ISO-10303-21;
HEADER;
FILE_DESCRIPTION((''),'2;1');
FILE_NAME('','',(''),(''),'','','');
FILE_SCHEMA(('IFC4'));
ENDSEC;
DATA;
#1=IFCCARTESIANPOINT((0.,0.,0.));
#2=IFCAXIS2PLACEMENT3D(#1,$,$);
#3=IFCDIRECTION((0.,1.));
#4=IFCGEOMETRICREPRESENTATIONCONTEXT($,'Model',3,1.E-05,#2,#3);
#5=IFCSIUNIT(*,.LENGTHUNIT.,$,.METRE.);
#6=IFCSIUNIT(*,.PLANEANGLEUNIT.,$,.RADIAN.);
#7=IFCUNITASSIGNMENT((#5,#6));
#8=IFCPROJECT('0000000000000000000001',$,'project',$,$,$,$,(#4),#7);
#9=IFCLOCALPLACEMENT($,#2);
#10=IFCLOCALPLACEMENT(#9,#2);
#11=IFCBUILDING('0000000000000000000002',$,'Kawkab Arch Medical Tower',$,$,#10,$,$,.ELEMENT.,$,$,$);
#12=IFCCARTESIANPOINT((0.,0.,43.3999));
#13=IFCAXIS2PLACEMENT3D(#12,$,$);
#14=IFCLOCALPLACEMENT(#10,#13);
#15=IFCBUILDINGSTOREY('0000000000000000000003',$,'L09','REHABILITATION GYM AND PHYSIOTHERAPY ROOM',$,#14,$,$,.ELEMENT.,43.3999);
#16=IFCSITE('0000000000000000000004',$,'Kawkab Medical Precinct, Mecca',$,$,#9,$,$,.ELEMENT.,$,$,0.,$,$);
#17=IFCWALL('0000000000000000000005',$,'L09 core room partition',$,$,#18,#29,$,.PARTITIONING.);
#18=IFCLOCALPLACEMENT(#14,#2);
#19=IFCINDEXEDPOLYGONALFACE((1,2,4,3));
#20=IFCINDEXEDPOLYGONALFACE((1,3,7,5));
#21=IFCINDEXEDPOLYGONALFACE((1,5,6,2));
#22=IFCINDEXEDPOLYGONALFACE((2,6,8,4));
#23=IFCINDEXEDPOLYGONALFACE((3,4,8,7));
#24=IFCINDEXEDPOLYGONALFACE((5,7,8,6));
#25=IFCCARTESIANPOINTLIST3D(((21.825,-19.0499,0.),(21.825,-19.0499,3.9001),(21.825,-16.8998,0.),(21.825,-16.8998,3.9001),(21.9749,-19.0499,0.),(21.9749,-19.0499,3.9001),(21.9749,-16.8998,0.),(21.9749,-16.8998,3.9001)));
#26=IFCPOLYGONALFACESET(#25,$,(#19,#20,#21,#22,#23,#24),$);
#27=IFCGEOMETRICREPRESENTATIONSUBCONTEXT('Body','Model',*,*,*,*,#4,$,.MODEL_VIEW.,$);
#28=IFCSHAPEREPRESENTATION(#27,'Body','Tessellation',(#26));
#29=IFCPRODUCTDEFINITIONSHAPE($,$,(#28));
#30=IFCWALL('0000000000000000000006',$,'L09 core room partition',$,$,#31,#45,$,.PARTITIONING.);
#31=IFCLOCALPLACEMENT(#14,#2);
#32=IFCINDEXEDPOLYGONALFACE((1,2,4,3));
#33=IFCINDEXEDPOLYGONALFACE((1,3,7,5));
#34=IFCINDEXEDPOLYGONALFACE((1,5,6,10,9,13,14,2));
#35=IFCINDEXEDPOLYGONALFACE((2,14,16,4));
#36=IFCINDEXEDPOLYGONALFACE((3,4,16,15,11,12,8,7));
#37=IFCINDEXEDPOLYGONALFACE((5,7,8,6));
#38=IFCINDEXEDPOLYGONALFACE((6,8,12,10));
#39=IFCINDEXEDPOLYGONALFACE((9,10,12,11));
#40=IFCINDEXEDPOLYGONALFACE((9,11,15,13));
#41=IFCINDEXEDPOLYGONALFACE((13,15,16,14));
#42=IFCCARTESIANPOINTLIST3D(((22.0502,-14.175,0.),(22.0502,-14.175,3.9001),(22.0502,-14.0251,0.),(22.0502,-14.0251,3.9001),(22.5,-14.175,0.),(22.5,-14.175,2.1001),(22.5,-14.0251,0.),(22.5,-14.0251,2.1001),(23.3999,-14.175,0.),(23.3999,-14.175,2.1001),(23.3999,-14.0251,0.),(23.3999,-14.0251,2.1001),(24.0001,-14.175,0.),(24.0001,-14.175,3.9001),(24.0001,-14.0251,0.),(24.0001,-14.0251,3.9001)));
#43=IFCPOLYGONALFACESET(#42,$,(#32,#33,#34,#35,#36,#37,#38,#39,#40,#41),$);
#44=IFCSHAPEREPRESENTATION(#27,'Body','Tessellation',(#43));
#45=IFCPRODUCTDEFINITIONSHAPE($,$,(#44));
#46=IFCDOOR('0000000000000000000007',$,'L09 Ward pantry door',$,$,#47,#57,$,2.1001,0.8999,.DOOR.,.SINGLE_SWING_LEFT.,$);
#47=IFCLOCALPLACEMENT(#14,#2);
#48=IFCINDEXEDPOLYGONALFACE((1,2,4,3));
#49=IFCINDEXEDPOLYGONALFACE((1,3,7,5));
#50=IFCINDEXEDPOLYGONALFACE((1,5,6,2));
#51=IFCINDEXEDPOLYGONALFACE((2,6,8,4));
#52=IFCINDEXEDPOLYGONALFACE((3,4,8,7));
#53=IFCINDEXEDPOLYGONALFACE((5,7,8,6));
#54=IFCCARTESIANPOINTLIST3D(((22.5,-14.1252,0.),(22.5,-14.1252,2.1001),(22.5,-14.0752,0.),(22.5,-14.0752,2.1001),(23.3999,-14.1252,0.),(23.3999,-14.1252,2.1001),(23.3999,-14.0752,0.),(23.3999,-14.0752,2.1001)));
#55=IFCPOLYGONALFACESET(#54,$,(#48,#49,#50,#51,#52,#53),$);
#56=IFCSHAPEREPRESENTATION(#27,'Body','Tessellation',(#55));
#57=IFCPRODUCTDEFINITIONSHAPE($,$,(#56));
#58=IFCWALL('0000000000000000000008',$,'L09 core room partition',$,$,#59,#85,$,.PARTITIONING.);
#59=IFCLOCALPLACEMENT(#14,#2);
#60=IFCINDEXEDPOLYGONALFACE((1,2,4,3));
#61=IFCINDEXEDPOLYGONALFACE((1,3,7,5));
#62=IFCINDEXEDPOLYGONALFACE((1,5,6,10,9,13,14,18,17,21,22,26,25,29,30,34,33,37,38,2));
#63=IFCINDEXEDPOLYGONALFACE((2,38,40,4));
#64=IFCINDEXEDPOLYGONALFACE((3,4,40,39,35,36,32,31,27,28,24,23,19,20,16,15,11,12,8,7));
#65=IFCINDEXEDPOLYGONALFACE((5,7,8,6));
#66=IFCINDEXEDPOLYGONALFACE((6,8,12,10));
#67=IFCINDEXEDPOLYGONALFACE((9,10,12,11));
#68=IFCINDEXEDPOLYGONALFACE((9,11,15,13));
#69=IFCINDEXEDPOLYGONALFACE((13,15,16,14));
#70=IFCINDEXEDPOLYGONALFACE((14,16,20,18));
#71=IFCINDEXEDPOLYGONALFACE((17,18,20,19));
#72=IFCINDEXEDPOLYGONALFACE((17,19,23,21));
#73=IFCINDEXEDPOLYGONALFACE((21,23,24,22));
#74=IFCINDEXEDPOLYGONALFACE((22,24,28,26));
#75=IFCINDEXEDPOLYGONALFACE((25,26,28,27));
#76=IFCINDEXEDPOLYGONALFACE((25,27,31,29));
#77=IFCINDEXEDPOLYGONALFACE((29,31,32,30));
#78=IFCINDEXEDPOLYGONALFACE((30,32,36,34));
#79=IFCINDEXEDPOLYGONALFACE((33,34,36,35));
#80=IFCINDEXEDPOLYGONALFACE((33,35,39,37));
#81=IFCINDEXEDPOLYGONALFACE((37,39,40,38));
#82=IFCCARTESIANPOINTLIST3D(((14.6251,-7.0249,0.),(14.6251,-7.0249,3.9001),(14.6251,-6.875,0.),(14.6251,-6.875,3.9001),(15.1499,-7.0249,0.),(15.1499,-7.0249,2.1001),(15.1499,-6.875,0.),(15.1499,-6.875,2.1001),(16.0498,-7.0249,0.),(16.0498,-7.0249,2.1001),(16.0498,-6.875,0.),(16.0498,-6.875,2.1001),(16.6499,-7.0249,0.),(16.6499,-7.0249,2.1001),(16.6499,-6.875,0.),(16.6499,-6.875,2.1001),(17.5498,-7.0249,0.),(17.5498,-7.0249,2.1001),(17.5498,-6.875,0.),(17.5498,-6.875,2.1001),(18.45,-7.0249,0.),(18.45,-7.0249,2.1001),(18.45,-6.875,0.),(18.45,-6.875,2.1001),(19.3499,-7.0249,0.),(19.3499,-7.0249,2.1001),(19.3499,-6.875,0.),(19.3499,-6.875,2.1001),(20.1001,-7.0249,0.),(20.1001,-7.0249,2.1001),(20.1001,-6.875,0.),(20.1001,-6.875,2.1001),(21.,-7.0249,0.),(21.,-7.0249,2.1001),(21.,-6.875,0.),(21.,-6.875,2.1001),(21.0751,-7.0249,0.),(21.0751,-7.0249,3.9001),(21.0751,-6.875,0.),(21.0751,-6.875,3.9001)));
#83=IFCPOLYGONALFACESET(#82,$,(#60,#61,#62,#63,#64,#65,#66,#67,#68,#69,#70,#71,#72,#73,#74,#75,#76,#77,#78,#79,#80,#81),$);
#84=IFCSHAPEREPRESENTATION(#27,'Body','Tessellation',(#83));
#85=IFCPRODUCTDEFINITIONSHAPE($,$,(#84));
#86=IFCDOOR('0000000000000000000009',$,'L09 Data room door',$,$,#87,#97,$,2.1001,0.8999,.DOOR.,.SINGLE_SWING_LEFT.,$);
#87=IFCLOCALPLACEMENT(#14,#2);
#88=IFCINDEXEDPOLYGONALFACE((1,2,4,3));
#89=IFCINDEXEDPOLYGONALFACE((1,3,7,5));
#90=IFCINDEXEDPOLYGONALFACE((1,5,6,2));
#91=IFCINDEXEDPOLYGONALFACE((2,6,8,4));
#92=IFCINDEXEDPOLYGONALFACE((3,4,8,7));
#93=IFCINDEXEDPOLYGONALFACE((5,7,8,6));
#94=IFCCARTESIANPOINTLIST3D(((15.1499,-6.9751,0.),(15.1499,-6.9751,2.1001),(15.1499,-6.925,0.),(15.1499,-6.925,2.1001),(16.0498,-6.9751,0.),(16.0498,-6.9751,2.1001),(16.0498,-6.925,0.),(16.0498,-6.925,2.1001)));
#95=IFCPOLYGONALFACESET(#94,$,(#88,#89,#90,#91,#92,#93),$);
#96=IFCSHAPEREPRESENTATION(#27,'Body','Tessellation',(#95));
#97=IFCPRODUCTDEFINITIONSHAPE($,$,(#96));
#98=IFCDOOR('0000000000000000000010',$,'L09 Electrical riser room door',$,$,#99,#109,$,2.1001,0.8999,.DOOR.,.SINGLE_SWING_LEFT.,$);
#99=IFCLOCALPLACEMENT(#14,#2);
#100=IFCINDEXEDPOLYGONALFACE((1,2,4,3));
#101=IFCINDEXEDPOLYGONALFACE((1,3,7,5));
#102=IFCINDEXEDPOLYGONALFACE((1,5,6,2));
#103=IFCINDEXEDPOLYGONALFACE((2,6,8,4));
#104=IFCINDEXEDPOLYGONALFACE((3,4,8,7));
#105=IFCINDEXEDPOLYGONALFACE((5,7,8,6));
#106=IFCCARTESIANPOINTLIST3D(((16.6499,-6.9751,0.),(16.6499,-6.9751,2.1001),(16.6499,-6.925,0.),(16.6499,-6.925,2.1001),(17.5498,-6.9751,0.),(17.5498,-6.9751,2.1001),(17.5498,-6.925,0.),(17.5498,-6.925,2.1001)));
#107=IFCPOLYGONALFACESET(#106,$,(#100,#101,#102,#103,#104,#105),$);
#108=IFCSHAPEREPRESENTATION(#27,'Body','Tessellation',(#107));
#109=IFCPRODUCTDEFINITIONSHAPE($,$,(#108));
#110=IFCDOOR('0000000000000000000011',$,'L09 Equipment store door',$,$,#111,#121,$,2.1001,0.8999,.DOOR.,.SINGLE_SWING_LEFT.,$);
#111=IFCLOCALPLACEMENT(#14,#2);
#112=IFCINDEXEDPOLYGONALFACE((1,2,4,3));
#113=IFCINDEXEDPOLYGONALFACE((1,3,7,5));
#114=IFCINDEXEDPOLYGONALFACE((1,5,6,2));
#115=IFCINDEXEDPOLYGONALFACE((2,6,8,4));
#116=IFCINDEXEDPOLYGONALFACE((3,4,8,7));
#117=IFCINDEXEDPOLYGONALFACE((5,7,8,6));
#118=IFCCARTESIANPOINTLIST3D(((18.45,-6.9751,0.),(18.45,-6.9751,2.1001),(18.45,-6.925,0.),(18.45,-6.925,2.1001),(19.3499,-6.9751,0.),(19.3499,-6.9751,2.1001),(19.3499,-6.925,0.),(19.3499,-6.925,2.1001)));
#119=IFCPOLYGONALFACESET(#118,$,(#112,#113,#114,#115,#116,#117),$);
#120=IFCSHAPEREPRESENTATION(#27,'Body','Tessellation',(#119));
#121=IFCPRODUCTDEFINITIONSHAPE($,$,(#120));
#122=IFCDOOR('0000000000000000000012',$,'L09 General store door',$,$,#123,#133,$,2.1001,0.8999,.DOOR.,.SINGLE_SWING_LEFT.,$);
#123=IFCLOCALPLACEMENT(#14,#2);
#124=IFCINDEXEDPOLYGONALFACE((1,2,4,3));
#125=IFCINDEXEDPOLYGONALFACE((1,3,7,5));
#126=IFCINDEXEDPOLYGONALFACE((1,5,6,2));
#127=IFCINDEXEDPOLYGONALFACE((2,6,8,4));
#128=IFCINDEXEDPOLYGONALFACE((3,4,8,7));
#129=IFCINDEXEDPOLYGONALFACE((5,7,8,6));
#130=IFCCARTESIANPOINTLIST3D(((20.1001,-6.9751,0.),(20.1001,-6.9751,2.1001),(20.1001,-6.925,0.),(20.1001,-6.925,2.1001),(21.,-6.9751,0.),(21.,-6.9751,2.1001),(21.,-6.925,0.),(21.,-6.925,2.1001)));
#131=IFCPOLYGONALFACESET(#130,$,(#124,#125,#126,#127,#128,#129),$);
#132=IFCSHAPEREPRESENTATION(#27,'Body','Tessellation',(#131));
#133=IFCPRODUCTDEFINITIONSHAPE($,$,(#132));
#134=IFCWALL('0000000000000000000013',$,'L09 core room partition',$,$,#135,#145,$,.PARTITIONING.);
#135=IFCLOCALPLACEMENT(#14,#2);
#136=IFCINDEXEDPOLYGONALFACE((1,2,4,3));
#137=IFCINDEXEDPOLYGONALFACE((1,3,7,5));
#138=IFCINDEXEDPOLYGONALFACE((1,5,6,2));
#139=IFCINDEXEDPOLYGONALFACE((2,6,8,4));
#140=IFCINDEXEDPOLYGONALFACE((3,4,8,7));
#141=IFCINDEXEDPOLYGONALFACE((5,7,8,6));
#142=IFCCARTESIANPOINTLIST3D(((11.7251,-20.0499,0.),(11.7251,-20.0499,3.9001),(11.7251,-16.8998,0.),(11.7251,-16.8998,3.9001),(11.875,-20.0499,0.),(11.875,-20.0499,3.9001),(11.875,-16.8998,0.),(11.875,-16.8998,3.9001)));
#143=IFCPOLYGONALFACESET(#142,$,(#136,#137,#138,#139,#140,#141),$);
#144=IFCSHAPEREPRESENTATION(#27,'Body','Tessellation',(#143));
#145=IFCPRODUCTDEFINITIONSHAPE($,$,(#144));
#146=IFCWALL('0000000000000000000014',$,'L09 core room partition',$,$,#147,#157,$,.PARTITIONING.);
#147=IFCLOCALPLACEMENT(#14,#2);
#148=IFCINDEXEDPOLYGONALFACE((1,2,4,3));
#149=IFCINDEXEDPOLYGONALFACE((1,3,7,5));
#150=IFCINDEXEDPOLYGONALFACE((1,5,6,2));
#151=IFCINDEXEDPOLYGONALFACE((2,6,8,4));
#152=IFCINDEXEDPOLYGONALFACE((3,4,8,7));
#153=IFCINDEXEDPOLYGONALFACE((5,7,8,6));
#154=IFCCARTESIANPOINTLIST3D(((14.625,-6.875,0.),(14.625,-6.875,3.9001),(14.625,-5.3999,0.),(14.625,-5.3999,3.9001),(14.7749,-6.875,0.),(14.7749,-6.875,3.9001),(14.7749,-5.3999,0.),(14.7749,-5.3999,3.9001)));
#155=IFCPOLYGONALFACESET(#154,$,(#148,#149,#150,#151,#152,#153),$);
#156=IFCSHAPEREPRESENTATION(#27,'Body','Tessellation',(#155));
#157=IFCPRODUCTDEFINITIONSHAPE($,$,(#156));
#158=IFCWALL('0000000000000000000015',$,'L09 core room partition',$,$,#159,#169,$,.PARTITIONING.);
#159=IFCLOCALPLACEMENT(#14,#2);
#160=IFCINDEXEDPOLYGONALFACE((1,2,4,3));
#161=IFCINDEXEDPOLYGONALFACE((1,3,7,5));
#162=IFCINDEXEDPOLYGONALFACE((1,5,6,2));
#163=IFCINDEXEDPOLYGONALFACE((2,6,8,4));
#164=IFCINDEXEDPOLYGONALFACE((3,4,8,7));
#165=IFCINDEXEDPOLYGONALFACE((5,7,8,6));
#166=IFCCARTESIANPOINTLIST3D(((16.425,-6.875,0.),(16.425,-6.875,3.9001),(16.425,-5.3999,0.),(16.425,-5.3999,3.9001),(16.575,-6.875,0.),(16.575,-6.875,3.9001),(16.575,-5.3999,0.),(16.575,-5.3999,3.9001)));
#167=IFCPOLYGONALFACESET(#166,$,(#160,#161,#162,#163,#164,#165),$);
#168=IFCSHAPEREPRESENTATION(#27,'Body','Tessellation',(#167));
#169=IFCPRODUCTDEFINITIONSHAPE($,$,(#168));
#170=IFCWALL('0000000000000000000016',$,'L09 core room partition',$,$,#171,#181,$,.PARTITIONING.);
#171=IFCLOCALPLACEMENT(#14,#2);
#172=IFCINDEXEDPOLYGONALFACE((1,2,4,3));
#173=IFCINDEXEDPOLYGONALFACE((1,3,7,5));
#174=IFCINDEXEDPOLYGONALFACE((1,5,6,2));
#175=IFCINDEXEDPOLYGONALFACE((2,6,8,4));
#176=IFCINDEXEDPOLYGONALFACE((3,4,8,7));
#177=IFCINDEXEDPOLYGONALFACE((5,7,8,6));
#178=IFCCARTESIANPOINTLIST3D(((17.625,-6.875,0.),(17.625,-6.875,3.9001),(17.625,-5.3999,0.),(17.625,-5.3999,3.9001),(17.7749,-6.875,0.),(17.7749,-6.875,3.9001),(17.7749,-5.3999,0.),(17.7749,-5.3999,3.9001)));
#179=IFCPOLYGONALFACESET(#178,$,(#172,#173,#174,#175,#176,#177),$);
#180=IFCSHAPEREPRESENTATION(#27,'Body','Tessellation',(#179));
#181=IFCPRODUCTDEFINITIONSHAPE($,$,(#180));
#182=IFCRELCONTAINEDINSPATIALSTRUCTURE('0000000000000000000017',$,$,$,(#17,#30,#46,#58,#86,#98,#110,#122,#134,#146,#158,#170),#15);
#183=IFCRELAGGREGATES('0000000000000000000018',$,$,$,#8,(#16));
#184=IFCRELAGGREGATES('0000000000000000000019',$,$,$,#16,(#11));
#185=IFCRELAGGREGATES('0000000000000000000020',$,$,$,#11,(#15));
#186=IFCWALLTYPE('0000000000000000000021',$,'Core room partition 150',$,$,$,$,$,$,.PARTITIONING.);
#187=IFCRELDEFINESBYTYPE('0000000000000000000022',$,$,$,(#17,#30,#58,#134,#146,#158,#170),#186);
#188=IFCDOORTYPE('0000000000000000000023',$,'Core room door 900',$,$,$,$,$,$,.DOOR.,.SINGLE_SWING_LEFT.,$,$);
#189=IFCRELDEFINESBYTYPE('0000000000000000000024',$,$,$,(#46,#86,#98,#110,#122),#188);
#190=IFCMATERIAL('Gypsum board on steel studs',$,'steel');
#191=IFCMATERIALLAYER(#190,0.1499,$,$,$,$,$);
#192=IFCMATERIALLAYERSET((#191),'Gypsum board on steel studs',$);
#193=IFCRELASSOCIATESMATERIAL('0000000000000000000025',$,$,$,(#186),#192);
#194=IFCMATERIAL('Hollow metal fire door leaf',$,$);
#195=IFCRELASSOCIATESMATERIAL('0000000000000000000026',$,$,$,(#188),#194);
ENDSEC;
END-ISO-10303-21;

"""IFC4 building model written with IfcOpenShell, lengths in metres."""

from ifc_helpers import new_model, si_unit, direction, frame, frame_2d, origin, place, context, subcontext, project, spatial, rectangle, extrude, material, layer, layer_set, type_object, element, fill, save


model = new_model("IFC4")

# Units and contexts
model_context = context("Model", 3, precision=1e-05, world=origin(), true_north=direction((0.0, 1.0)))
body_context = subcontext(model_context, "Body", "Model", "MODEL_VIEW")
ifc_project = project(units=[si_unit("LENGTHUNIT", "METRE"), si_unit("PLANEANGLEUNIT", "RADIAN")], contexts=[model_context])

# Site, building, storey
site_placement = place(None, origin())
site = spatial("IfcSite", under=ifc_project, at=site_placement, Name="Kawkab Medical Precinct, Mecca", CompositionType="ELEMENT", RefElevation=0.0)
building_placement = place(site_placement, origin())
building = spatial("IfcBuilding", under=site, at=building_placement, Name="Kawkab Arch Medical Tower", CompositionType="ELEMENT")
storey_placement = place(building_placement, frame((0.0, 0.0, 43.3999)))
storey = spatial("IfcBuildingStorey", under=building, at=storey_placement, Name="L09", Description="REHABILITATION GYM AND PHYSIOTHERAPY ROOM", CompositionType="ELEMENT", Elevation=43.3999)

# Wall
ifc_material_1 = material(Name="Gypsum board on steel studs", Category="steel")
ifc_layer_1 = layer(ifc_material_1, 0.1499)
ifc_layer_set_1 = layer_set([ifc_layer_1], Name="Gypsum board on steel studs")
wall_type_1 = type_object("IfcWallType", Name="Core room partition 150", PredefinedType="PARTITIONING", material=ifc_layer_set_1)
wall_1_placement = place(storey_placement, frame((21.8999, -19.05, 0.0), z_axis=(0.0, 0.0, 1.0), x_axis=(0.0, 1.0, 0.0)))
element("IfcWall", 1, at=wall_1_placement, inside=storey, type_object=wall_type_1, Name="L09 core room partition", PredefinedType="PARTITIONING", context=body_context, shape_type="SweptSolid", body=[
    extrude(rectangle(XDim=2.1501, YDim=0.1499, at=frame_2d((1.0752, 0.0))), origin(), (0.0, 0.0, 1.0), 3.9001),
])

# Wall, opening, door
wall_2_placement = place(storey_placement, frame((22.05, -14.1001, 0.0), z_axis=(0.0, 0.0, 1.0), x_axis=(1.0, 0.0, 0.0)))
wall_2 = element("IfcWall", 2, at=wall_2_placement, inside=storey, type_object=wall_type_1, Name="L09 core room partition", PredefinedType="PARTITIONING", context=body_context, shape_type="SweptSolid", body=[
    extrude(rectangle(XDim=1.95, YDim=0.1499, at=frame_2d((0.9751, 0.0))), origin(), (0.0, 0.0, 1.0), 3.9001),
])
opening_1_placement = place(wall_2_placement, frame((0.45, 0.0, 0.0)))
opening_1 = element("IfcOpeningElement", 3, at=opening_1_placement, cuts=wall_2, PredefinedType="OPENING", context=body_context, shape_type="SweptSolid", body=[
    extrude(rectangle(XDim=0.8999, YDim=2.1001, at=frame_2d((0.45, 1.05))), frame((0.0, 0.085, 0.0), z_axis=(0.0, -1.0, 0.0), x_axis=(1.0, 0.0, 0.0)), (0.0, 0.0, 1.0), 0.1699),
])
ifc_material_2 = material(Name="Hollow metal fire door leaf")
door_type = type_object("IfcDoorType", Name="Core room door 900", OperationType="SINGLE_SWING_LEFT", PredefinedType="DOOR", material=ifc_material_2)
door_1_placement = place(opening_1_placement, origin())
door_1 = element("IfcDoor", 4, at=door_1_placement, inside=storey, type_object=door_type, Name="L09 Ward pantry door", OperationType="SINGLE_SWING_LEFT", OverallHeight=2.1001, OverallWidth=0.8999, PredefinedType="DOOR", context=body_context, shape_type="SweptSolid", body=[
    extrude(rectangle(XDim=0.8999, YDim=2.1001, at=frame_2d((0.45, 1.05))), frame((0.0, 0.0249, 0.0), z_axis=(0.0, -1.0, 0.0), x_axis=(1.0, 0.0, 0.0)), (0.0, 0.0, 1.0), 0.05),
])
fill(opening_1, door_1)

# Wall, openings, doors
wall_3_placement = place(storey_placement, frame((14.625, -6.95, 0.0), z_axis=(0.0, 0.0, 1.0), x_axis=(1.0, 0.0, 0.0)))
wall_3 = element("IfcWall", 5, at=wall_3_placement, inside=storey, type_object=wall_type_1, Name="L09 core room partition", PredefinedType="PARTITIONING", context=body_context, shape_type="SweptSolid", body=[
    extrude(rectangle(XDim=6.45, YDim=0.1499, at=frame_2d((3.2251, 0.0))), origin(), (0.0, 0.0, 1.0), 3.9001),
])
opening_2_placement = place(wall_3_placement, frame((0.5249, 0.0, 0.0)))
opening_2 = element("IfcOpeningElement", 6, at=opening_2_placement, cuts=wall_3, PredefinedType="OPENING", context=body_context, shape_type="SweptSolid", body=[
    extrude(rectangle(XDim=0.8999, YDim=2.1001, at=frame_2d((0.45, 1.05))), frame((0.0, 0.085, 0.0), z_axis=(0.0, -1.0, 0.0), x_axis=(1.0, 0.0, 0.0)), (0.0, 0.0, 1.0), 0.1699),
])
opening_3_placement = place(wall_3_placement, frame((2.0249, 0.0, 0.0)))
opening_3 = element("IfcOpeningElement", 7, at=opening_3_placement, cuts=wall_3, PredefinedType="OPENING", context=body_context, shape_type="SweptSolid", body=[
    extrude(rectangle(XDim=0.8999, YDim=2.1001, at=frame_2d((0.45, 1.05))), frame((0.0, 0.085, 0.0), z_axis=(0.0, -1.0, 0.0), x_axis=(1.0, 0.0, 0.0)), (0.0, 0.0, 1.0), 0.1699),
])
opening_4_placement = place(wall_3_placement, frame((3.825, 0.0, 0.0)))
opening_4 = element("IfcOpeningElement", 8, at=opening_4_placement, cuts=wall_3, PredefinedType="OPENING", context=body_context, shape_type="SweptSolid", body=[
    extrude(rectangle(XDim=0.8999, YDim=2.1001, at=frame_2d((0.45, 1.05))), frame((0.0, 0.085, 0.0), z_axis=(0.0, -1.0, 0.0), x_axis=(1.0, 0.0, 0.0)), (0.0, 0.0, 1.0), 0.1699),
])
opening_5_placement = place(wall_3_placement, frame((5.4751, 0.0, 0.0)))
opening_5 = element("IfcOpeningElement", 9, at=opening_5_placement, cuts=wall_3, PredefinedType="OPENING", context=body_context, shape_type="SweptSolid", body=[
    extrude(rectangle(XDim=0.8999, YDim=2.1001, at=frame_2d((0.45, 1.05))), frame((0.0, 0.085, 0.0), z_axis=(0.0, -1.0, 0.0), x_axis=(1.0, 0.0, 0.0)), (0.0, 0.0, 1.0), 0.1699),
])
door_2_placement = place(opening_2_placement, origin())
door_2 = element("IfcDoor", 10, at=door_2_placement, inside=storey, type_object=door_type, Name="L09 Data room door", OperationType="SINGLE_SWING_LEFT", OverallHeight=2.1001, OverallWidth=0.8999, PredefinedType="DOOR", context=body_context, shape_type="SweptSolid", body=[
    extrude(rectangle(XDim=0.8999, YDim=2.1001, at=frame_2d((0.45, 1.05))), frame((0.0, 0.0249, 0.0), z_axis=(0.0, -1.0, 0.0), x_axis=(1.0, 0.0, 0.0)), (0.0, 0.0, 1.0), 0.05),
])
fill(opening_2, door_2)
door_3_placement = place(opening_3_placement, origin())
door_3 = element("IfcDoor", 11, at=door_3_placement, inside=storey, type_object=door_type, Name="L09 Electrical riser room door", OperationType="SINGLE_SWING_LEFT", OverallHeight=2.1001, OverallWidth=0.8999, PredefinedType="DOOR", context=body_context, shape_type="SweptSolid", body=[
    extrude(rectangle(XDim=0.8999, YDim=2.1001, at=frame_2d((0.45, 1.05))), frame((0.0, 0.0249, 0.0), z_axis=(0.0, -1.0, 0.0), x_axis=(1.0, 0.0, 0.0)), (0.0, 0.0, 1.0), 0.05),
])
fill(opening_3, door_3)
door_4_placement = place(opening_4_placement, origin())
door_4 = element("IfcDoor", 12, at=door_4_placement, inside=storey, type_object=door_type, Name="L09 Equipment store door", OperationType="SINGLE_SWING_LEFT", OverallHeight=2.1001, OverallWidth=0.8999, PredefinedType="DOOR", context=body_context, shape_type="SweptSolid", body=[
    extrude(rectangle(XDim=0.8999, YDim=2.1001, at=frame_2d((0.45, 1.05))), frame((0.0, 0.0249, 0.0), z_axis=(0.0, -1.0, 0.0), x_axis=(1.0, 0.0, 0.0)), (0.0, 0.0, 1.0), 0.05),
])
fill(opening_4, door_4)
door_5_placement = place(opening_5_placement, origin())
door_5 = element("IfcDoor", 13, at=door_5_placement, inside=storey, type_object=door_type, Name="L09 General store door", OperationType="SINGLE_SWING_LEFT", OverallHeight=2.1001, OverallWidth=0.8999, PredefinedType="DOOR", context=body_context, shape_type="SweptSolid", body=[
    extrude(rectangle(XDim=0.8999, YDim=2.1001, at=frame_2d((0.45, 1.05))), frame((0.0, 0.0249, 0.0), z_axis=(0.0, -1.0, 0.0), x_axis=(1.0, 0.0, 0.0)), (0.0, 0.0, 1.0), 0.05),
])
fill(opening_5, door_5)

# Walls
wall_4_placement = place(storey_placement, frame((11.8, -20.05, 0.0), z_axis=(0.0, 0.0, 1.0), x_axis=(0.0, 1.0, 0.0)))
element("IfcWall", 14, at=wall_4_placement, inside=storey, type_object=wall_type_1, Name="L09 core room partition", PredefinedType="PARTITIONING", context=body_context, shape_type="SweptSolid", body=[
    extrude(rectangle(XDim=3.1501, YDim=0.1499, at=frame_2d((1.5752, 0.0))), origin(), (0.0, 0.0, 1.0), 3.9001),
])
for number, where, z_axis, x_axis, name in (
    (15, (14.7, -6.875, 0.0), (0.0, 0.0, 1.0), (0.0, 1.0, 0.0), "L09 core room partition"),
    (16, (16.5, -6.875, 0.0), (0.0, 0.0, 1.0), (0.0, 1.0, 0.0), "L09 core room partition"),
    (17, (17.7, -6.875, 0.0), (0.0, 0.0, 1.0), (0.0, 1.0, 0.0), "L09 core room partition"),
):
    element("IfcWall", number, at=place(storey_placement, frame(where, z_axis=z_axis, x_axis=x_axis)), inside=storey, type_object=wall_type_1, Name=name, PredefinedType="PARTITIONING", context=body_context, shape_type="SweptSolid", body=[
        extrude(rectangle(XDim=1.4751, YDim=0.1499, at=frame_2d((0.7375, 0.0))), origin(), (0.0, 0.0, 1.0), 3.9001),
    ])

save(model, "model.ifc")
